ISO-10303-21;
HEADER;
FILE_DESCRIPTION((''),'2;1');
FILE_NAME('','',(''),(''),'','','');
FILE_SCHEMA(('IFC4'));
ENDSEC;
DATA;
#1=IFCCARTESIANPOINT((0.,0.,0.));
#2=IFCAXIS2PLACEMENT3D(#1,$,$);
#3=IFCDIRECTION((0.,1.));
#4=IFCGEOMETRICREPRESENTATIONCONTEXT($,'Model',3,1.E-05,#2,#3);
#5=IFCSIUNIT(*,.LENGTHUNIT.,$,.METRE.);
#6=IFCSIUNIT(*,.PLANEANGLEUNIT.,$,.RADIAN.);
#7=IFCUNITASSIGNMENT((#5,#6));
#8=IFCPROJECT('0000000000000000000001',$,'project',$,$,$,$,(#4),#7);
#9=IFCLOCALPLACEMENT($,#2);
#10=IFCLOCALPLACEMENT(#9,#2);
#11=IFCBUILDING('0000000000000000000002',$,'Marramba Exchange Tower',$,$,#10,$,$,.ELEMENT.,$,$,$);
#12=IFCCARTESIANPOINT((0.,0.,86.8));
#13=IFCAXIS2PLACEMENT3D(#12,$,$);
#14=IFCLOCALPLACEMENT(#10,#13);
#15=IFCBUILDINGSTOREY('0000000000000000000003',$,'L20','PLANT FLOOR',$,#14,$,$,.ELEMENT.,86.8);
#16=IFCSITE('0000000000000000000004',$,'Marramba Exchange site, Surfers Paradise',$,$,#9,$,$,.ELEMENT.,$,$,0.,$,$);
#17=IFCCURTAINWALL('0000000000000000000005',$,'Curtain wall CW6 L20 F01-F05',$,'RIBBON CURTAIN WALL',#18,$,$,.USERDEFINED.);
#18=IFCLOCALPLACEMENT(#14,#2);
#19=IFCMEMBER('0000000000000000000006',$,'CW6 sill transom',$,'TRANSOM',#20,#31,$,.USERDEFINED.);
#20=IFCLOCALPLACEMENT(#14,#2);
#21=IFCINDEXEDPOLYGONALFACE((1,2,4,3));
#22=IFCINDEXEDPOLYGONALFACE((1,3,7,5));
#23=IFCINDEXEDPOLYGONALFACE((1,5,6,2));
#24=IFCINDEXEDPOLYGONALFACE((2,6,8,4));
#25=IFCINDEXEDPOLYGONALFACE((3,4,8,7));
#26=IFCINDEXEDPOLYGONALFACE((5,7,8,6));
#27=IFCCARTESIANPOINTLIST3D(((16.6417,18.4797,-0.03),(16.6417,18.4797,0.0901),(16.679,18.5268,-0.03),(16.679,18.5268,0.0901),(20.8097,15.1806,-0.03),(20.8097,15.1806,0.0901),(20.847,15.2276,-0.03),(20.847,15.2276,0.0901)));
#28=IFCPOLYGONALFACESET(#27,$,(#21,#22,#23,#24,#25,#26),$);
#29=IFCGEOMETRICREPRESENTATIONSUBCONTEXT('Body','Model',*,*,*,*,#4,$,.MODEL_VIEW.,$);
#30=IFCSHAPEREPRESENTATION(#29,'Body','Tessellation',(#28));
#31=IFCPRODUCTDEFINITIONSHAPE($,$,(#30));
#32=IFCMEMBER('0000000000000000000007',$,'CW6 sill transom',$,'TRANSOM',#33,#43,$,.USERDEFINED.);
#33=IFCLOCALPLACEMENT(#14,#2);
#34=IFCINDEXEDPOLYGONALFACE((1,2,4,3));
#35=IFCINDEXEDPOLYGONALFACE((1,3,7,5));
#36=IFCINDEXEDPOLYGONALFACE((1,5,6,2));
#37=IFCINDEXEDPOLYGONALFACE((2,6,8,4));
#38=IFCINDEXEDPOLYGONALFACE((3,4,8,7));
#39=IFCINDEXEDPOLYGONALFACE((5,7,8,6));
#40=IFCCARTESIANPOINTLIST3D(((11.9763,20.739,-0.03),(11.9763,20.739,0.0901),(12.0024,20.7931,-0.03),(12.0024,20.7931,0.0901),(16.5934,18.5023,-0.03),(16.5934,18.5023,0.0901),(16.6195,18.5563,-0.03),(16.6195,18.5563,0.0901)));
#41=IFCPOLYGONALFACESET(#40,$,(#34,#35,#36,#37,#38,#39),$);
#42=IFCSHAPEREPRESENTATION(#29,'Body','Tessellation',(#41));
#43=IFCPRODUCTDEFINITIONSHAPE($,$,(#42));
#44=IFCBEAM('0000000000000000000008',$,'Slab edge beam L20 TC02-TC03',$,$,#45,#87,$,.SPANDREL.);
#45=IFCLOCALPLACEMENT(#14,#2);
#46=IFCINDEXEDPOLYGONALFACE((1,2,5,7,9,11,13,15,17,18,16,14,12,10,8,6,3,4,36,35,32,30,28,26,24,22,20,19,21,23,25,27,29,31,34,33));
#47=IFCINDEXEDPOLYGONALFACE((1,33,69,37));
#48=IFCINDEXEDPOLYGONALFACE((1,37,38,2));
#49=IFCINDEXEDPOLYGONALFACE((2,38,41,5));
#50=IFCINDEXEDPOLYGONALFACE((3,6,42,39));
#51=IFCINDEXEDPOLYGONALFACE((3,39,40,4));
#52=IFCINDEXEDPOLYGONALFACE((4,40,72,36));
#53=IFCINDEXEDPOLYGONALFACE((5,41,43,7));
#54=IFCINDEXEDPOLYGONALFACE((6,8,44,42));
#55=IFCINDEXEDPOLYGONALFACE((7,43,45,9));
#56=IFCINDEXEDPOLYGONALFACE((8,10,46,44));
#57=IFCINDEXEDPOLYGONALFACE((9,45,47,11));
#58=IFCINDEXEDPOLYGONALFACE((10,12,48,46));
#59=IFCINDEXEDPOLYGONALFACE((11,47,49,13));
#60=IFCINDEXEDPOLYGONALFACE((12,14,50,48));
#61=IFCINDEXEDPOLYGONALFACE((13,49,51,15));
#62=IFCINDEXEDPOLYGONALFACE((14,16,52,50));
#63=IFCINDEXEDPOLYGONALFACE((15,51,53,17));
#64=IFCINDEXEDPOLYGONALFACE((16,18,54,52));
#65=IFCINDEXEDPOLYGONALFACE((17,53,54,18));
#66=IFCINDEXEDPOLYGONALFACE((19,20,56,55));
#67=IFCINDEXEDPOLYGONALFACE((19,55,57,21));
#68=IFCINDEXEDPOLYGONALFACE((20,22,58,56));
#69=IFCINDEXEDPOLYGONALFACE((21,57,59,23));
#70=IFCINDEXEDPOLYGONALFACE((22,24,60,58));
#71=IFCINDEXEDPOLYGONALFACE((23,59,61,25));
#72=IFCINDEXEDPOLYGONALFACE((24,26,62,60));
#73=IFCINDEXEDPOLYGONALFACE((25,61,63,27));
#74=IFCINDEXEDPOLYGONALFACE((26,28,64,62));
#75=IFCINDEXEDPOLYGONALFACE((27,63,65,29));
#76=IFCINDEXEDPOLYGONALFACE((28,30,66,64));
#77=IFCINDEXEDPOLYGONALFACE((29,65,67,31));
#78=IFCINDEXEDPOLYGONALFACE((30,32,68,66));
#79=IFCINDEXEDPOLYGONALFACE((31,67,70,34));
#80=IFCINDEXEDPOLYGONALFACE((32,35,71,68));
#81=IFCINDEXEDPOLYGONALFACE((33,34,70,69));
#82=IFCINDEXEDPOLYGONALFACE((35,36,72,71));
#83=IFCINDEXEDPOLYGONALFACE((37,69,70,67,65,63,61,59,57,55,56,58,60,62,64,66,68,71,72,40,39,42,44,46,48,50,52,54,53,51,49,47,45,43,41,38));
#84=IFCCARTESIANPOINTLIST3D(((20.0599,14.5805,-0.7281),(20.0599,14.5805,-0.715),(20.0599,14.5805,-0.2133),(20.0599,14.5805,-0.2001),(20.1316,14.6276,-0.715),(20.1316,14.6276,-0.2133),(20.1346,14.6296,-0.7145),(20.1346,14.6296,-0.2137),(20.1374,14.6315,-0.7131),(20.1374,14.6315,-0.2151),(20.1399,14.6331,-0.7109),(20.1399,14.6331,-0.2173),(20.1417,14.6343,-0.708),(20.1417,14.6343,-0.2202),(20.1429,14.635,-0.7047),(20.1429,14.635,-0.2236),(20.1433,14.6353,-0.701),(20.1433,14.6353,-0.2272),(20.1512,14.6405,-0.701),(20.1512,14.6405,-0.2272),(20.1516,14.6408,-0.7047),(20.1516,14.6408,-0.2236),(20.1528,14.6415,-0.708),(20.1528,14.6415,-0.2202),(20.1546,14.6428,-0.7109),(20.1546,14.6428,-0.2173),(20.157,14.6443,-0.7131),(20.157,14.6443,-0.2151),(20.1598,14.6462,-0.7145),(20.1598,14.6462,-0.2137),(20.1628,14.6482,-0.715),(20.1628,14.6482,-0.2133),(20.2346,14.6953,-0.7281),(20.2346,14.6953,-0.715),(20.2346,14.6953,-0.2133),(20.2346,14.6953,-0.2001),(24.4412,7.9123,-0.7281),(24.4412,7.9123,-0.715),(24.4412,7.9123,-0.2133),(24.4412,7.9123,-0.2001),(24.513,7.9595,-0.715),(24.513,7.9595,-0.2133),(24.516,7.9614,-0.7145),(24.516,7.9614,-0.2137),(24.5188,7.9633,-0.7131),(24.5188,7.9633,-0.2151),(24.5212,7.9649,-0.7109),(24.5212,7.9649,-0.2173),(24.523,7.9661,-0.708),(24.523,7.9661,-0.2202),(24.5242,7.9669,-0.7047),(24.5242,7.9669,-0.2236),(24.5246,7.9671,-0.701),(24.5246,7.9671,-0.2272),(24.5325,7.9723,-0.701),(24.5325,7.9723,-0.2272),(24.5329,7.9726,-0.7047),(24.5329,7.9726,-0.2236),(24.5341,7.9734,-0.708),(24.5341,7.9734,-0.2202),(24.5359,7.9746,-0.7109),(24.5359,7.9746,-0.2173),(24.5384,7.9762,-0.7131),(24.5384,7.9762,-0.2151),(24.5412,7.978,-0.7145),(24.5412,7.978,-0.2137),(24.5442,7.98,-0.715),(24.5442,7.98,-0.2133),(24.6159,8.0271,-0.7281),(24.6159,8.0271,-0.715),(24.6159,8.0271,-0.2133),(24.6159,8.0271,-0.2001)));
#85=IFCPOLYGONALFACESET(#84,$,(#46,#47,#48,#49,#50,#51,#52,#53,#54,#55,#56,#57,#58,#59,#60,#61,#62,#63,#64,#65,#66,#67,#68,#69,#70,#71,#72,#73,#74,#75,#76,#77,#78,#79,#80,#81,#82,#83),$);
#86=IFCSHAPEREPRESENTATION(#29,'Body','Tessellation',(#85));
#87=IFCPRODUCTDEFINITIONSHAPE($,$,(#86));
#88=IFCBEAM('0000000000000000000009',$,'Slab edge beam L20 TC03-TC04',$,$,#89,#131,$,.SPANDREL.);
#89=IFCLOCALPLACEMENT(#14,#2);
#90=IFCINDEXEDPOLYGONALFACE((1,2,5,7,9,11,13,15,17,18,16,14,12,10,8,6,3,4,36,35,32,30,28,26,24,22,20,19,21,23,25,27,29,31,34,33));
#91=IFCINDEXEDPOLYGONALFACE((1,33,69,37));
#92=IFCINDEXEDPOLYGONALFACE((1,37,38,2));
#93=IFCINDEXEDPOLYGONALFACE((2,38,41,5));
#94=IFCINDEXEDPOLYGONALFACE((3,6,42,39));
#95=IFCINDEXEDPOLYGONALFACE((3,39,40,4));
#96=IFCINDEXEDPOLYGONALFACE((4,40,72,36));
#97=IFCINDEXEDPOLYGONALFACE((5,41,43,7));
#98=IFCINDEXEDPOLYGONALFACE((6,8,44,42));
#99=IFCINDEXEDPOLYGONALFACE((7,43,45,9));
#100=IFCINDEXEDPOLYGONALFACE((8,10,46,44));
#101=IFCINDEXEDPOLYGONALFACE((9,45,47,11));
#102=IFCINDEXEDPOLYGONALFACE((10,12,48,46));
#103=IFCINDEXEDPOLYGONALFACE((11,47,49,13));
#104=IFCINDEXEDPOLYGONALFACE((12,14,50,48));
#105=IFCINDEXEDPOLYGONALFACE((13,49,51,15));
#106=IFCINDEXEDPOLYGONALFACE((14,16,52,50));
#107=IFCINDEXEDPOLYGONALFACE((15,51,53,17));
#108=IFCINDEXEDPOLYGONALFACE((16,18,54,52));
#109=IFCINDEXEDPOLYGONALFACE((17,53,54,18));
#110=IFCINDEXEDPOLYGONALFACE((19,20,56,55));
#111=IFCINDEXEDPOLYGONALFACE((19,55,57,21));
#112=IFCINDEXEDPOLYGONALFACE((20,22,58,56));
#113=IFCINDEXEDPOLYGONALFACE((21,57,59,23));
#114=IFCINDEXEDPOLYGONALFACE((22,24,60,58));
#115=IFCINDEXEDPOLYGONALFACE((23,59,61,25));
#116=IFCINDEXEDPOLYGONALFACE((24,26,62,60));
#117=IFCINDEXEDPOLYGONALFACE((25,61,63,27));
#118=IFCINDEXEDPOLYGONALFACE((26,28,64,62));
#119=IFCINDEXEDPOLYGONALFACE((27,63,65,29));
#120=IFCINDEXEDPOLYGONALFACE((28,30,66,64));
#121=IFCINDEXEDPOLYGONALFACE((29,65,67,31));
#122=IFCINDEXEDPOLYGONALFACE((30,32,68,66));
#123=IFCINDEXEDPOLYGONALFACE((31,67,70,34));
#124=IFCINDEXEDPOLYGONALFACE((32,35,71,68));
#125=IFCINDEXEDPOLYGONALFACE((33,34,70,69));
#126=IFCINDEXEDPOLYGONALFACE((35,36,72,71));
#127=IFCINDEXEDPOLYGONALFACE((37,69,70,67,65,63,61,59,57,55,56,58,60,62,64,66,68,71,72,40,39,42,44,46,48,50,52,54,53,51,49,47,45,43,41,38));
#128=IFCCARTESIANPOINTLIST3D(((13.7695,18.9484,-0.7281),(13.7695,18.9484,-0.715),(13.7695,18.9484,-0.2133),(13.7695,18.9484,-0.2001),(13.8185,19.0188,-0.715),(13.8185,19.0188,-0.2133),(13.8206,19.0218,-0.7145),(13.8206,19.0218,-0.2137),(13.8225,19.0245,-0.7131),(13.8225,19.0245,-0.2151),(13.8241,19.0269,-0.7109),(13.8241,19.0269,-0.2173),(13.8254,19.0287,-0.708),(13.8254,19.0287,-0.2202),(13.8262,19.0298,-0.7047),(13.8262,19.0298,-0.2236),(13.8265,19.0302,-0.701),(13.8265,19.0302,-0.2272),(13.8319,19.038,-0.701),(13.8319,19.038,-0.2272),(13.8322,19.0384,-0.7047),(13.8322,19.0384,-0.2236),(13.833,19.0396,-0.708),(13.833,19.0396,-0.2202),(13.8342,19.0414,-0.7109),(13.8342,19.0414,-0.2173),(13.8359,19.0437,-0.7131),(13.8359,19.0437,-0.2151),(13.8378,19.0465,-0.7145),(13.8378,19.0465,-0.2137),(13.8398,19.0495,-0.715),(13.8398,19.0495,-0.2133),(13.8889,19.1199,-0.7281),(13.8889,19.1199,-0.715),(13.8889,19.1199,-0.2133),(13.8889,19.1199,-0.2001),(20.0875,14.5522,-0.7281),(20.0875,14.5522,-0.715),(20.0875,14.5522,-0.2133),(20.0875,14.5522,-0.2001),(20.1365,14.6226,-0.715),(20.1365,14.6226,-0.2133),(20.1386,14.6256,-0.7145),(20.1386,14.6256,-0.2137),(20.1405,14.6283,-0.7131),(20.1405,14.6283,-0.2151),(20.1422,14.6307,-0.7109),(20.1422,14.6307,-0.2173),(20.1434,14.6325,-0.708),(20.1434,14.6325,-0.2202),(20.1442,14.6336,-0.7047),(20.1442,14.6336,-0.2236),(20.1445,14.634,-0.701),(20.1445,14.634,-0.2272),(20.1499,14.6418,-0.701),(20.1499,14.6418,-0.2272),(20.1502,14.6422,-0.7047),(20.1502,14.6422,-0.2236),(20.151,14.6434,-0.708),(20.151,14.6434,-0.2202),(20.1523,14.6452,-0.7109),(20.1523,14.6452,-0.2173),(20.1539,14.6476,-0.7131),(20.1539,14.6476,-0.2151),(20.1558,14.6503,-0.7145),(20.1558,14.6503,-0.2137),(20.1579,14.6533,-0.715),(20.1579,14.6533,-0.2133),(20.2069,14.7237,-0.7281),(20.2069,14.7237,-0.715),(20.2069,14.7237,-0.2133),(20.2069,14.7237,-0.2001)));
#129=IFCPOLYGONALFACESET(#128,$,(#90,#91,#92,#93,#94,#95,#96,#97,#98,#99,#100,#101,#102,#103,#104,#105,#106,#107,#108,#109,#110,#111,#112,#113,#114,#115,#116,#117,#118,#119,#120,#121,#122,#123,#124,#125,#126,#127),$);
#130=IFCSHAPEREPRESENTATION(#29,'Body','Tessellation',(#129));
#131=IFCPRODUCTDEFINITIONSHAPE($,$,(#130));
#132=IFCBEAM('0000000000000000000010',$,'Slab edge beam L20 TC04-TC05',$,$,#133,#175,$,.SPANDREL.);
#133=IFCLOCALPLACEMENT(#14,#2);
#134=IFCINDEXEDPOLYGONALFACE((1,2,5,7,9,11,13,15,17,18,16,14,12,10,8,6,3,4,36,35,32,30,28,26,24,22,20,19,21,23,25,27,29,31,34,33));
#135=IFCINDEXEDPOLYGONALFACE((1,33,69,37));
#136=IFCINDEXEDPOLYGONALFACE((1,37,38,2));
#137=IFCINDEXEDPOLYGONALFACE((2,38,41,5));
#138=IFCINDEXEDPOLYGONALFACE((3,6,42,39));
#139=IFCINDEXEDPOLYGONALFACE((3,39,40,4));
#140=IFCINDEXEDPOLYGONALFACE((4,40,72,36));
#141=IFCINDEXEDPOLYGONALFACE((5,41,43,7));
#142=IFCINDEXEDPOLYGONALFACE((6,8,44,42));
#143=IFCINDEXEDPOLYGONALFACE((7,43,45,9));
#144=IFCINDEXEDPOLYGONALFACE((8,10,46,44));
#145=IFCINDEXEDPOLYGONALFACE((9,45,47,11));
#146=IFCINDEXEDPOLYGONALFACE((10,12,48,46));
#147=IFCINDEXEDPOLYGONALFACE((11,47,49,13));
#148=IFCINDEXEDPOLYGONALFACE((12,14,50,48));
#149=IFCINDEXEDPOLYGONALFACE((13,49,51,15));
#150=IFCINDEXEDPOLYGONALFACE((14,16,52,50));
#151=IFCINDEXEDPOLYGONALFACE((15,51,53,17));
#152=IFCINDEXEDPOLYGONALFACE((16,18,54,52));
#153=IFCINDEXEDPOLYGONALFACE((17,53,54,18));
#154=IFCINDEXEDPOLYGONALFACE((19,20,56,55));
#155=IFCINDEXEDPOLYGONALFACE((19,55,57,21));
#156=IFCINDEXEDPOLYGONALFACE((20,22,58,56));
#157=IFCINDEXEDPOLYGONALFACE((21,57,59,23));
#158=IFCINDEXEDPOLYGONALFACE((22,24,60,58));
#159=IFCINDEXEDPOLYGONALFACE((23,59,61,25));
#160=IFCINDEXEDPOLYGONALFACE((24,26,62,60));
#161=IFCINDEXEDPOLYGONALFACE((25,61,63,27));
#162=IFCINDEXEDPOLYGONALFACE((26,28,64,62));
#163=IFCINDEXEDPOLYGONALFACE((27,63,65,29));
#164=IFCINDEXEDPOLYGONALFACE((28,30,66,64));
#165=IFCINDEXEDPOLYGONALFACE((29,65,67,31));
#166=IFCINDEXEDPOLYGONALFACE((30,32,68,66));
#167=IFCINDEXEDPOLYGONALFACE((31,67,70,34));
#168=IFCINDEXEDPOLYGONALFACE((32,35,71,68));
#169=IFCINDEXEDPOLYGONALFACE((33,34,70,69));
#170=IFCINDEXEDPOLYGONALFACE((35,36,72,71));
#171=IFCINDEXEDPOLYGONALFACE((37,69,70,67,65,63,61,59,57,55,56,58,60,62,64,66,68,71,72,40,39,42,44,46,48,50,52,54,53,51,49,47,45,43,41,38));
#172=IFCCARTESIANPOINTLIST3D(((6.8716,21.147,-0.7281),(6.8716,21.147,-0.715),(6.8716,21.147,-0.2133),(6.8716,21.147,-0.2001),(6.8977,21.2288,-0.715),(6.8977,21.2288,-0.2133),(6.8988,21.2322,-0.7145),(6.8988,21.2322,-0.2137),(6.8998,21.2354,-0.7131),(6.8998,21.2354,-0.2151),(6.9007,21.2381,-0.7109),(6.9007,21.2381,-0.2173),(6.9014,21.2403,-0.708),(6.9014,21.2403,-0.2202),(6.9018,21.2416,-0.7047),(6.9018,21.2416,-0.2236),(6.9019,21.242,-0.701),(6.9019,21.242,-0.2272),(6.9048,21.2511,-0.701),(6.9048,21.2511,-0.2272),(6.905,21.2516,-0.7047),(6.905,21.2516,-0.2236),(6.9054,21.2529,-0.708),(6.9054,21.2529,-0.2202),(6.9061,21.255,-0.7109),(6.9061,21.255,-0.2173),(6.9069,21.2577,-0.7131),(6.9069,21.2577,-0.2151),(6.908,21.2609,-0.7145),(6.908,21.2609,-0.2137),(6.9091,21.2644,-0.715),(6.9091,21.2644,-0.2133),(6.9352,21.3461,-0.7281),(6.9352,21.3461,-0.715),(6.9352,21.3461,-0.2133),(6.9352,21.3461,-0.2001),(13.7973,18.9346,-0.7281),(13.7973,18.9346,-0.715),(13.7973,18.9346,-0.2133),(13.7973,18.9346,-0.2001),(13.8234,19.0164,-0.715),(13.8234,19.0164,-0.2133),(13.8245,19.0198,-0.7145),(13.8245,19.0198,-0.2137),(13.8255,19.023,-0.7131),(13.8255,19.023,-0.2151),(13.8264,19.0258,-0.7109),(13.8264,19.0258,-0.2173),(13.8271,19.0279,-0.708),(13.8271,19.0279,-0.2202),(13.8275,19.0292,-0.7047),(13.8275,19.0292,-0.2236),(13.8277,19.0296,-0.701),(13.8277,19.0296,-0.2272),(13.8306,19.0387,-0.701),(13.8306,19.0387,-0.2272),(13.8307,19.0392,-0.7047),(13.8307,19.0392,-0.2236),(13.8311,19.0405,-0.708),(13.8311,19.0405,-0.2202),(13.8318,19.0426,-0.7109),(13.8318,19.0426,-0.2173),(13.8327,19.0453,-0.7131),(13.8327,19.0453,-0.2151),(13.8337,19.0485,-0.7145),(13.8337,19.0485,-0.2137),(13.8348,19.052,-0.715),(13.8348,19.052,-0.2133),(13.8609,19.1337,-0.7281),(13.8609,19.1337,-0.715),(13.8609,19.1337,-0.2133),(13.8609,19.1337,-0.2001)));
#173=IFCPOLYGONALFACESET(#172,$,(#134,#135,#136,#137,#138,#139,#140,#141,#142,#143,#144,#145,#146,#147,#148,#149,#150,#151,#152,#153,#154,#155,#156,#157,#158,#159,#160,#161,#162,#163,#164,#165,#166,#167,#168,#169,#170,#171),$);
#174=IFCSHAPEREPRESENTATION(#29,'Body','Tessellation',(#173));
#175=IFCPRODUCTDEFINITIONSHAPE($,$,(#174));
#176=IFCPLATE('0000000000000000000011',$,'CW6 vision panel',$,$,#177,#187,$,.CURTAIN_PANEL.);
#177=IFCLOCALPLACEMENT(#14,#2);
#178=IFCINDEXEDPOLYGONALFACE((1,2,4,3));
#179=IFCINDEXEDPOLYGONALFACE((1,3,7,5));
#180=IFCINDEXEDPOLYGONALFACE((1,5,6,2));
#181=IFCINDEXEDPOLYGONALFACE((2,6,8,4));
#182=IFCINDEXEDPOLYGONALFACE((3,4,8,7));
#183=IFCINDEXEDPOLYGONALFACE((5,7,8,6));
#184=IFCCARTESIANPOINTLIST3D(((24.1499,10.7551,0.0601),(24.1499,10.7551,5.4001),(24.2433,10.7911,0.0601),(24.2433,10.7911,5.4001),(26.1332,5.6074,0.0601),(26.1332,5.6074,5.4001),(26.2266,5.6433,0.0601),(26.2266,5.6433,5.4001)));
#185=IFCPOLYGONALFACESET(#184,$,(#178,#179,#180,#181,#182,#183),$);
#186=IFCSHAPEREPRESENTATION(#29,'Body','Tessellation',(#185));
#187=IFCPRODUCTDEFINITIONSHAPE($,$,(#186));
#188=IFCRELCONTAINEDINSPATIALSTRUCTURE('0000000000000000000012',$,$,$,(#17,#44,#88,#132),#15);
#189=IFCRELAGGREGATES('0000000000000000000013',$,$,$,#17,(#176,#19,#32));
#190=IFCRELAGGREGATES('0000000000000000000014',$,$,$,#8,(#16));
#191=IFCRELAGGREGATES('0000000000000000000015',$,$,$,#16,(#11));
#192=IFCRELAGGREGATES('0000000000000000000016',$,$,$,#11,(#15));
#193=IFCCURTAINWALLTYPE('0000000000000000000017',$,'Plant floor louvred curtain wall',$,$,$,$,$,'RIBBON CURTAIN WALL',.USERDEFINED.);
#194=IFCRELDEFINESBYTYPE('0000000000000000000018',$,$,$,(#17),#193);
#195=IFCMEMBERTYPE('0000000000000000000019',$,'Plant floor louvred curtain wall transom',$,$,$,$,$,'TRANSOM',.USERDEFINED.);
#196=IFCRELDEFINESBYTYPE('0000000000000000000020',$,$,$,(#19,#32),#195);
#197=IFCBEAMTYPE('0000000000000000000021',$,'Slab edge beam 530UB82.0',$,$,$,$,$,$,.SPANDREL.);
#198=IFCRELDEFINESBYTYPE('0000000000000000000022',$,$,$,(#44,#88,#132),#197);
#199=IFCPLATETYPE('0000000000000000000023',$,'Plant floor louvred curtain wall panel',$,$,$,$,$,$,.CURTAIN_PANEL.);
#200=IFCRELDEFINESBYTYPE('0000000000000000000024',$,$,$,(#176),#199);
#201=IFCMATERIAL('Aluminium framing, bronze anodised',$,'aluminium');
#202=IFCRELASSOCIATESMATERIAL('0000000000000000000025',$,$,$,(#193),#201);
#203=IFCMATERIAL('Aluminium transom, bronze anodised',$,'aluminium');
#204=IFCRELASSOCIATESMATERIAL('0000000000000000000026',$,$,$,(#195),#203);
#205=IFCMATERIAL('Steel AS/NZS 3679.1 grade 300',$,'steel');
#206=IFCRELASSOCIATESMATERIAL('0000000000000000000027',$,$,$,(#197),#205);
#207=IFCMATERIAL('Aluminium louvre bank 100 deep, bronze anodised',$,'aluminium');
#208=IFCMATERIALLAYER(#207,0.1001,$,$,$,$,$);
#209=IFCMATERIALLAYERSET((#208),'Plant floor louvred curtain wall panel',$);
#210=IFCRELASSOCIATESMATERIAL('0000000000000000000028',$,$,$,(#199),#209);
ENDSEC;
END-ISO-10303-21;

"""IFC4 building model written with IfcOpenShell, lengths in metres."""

from ifc_helpers import new_model, si_unit, direction, frame, origin, origin_2d, place, context, subcontext, project, spatial, rectangle, i_section, extrude, material, layer, layer_set, material_profile, profile_set, type_object, element, aggregate, save


model = new_model("IFC4")

# Units and contexts
model_context = context("Model", 3, precision=1e-05, world=origin(), true_north=direction((0.0, 1.0)))
body_context = subcontext(model_context, "Body", "Model", "MODEL_VIEW")
ifc_project = project(units=[si_unit("LENGTHUNIT", "METRE"), si_unit("PLANEANGLEUNIT", "RADIAN")], contexts=[model_context])

# Site, building, storey
site_placement = place(None, origin())
site = spatial("IfcSite", under=ifc_project, at=site_placement, Name="Marramba Exchange site, Surfers Paradise", CompositionType="ELEMENT", RefElevation=0.0)
building_placement = place(site_placement, origin())
building = spatial("IfcBuilding", under=site, at=building_placement, Name="Marramba Exchange Tower", CompositionType="ELEMENT")
storey_placement = place(building_placement, frame((0.0, 0.0, 86.8)))
storey = spatial("IfcBuildingStorey", under=building, at=storey_placement, Name="L20", Description="PLANT FLOOR", CompositionType="ELEMENT", Elevation=86.8)

# Shared definitions
ifc_material_1 = material(Name="Steel AS/NZS 3679.1 grade 300", Category="steel")

# Curtain wall, members
ifc_material_2 = material(Name="Aluminium framing, bronze anodised", Category="aluminium")
curtain_wall_type = type_object("IfcCurtainWallType", Name="Plant floor louvred curtain wall", ElementType="RIBBON CURTAIN WALL", PredefinedType="USERDEFINED", material=ifc_material_2)
curtain_wall_placement = place(storey_placement, origin())
curtain_wall = element("IfcCurtainWall", 1, at=curtain_wall_placement, inside=storey, type_object=curtain_wall_type, Name="Curtain wall CW6 L20 F01-F05", ObjectType="RIBBON CURTAIN WALL", PredefinedType="USERDEFINED")
ifc_material_3 = material(Name="Aluminium transom, bronze anodised", Category="aluminium")
ifc_material_profile_1 = material_profile(ifc_material_3, rectangle(XDim=0.0601, YDim=0.1201, at=origin_2d()), Name="CW6 transom 60x120")
ifc_profile_set_1 = profile_set([ifc_material_profile_1], Name="Aluminium transom, bronze anodised")
member_type_1 = type_object("IfcMemberType", Name="Plant floor louvred curtain wall transom", ElementType="TRANSOM", PredefinedType="USERDEFINED", material=ifc_profile_set_1)
member_1_placement = place(storey_placement, frame((20.8284, 15.2041, 0.03), z_axis=(-0.784098, 0.620637, 0.0), x_axis=(-0.620637, -0.784098, 0.0)))
member_1 = element("IfcMember", 2, at=member_1_placement, type_object=member_type_1, Name="CW6 sill transom", ObjectType="TRANSOM", PredefinedType="USERDEFINED", context=body_context, shape_type="SweptSolid", body=[
    extrude(rectangle(XDim=0.0601, YDim=0.1201, at=origin_2d()), origin(), (0.0, 0.0, 1.0), 5.3157),
])
member_2_placement = place(storey_placement, frame((16.6064, 18.5293, 0.03), z_axis=(-0.899953, 0.435986, 0.0), x_axis=(-0.435986, -0.899953, 0.0)))
member_2 = element("IfcMember", 3, at=member_2_placement, type_object=member_type_1, Name="CW6 sill transom", ObjectType="TRANSOM", PredefinedType="USERDEFINED", context=body_context, shape_type="SweptSolid", body=[
    extrude(rectangle(XDim=0.0601, YDim=0.1201, at=origin_2d()), origin(), (0.0, 0.0, 1.0), 5.1304),
])

# Beams
ifc_material_profile_2 = material_profile(ifc_material_1, i_section(OverallWidth=0.209, OverallDepth=0.5281, WebThickness=0.0095, FlangeThickness=0.0132, FilletRadius=0.0139, at=origin_2d()), Name="530UB82.0")
ifc_profile_set_2 = profile_set([ifc_material_profile_2], Name="Steel AS/NZS 3679.1 grade 300")
beam_type_1 = type_object("IfcBeamType", Name="Slab edge beam 530UB82.0", PredefinedType="SPANDREL", material=ifc_profile_set_2)
beam_1_placement = place(storey_placement, frame((24.5286, 7.9697, -0.4641), z_axis=(-0.549124, 0.835741, 0.0), x_axis=(-0.835741, -0.549124, 0.0)))
element("IfcBeam", 4, at=beam_1_placement, inside=storey, type_object=beam_type_1, Name="Slab edge beam L20 TC02-TC03", PredefinedType="SPANDREL", context=body_context, shape_type="SweptSolid", body=[
    extrude(i_section(OverallWidth=0.209, OverallDepth=0.5281, WebThickness=0.0095, FlangeThickness=0.0132, FilletRadius=0.0139, at=origin_2d()), origin(), (0.0, 0.0, 1.0), 7.9788),
])
beam_2_placement = place(storey_placement, frame((20.1472, 14.6379, -0.4641), z_axis=(-0.820842, 0.571155, 0.0), x_axis=(-0.571155, -0.820842, 0.0)))
element("IfcBeam", 5, at=beam_2_placement, inside=storey, type_object=beam_type_1, Name="Slab edge beam L20 TC03-TC04", PredefinedType="SPANDREL", context=body_context, shape_type="SweptSolid", body=[
    extrude(i_section(OverallWidth=0.209, OverallDepth=0.5281, WebThickness=0.0095, FlangeThickness=0.0132, FilletRadius=0.0139, at=origin_2d()), origin(), (0.0, 0.0, 1.0), 7.697),
])
beam_3_placement = place(storey_placement, frame((13.8291, 19.0342, -0.4641), z_axis=(-0.952578, 0.304296, 0.0), x_axis=(-0.304296, -0.952578, 0.0)))
element("IfcBeam", 6, at=beam_3_placement, inside=storey, type_object=beam_type_1, Name="Slab edge beam L20 TC04-TC05", PredefinedType="SPANDREL", context=body_context, shape_type="SweptSolid", body=[
    extrude(i_section(OverallWidth=0.209, OverallDepth=0.5281, WebThickness=0.0095, FlangeThickness=0.0132, FilletRadius=0.0139, at=origin_2d()), origin(), (0.0, 0.0, 1.0), 7.2705),
])

# Plate
ifc_material_4 = material(Name="Aluminium louvre bank 100 deep, bronze anodised", Category="aluminium")
ifc_layer_1 = layer(ifc_material_4, 0.1001)
ifc_layer_set_1 = layer_set([ifc_layer_1], Name="Plant floor louvred curtain wall panel")
plate_type = type_object("IfcPlateType", Name="Plant floor louvred curtain wall panel", PredefinedType="CURTAIN_PANEL", material=ifc_layer_set_1)
plate_1_placement = place(storey_placement, frame((25.1882, 8.1992, 0.0601), z_axis=(0.0, 0.0, 1.0), x_axis=(-0.359526, 0.933135, 0.0)))
plate_1 = element("IfcPlate", 7, at=plate_1_placement, type_object=plate_type, Name="CW6 vision panel", PredefinedType="CURTAIN_PANEL", context=body_context, shape_type="SweptSolid", body=[
    extrude(rectangle(XDim=5.5166, YDim=0.1001, at=origin_2d()), origin(), (0.0, 0.0, 1.0), 5.3401),
])
aggregate(curtain_wall, [plate_1, member_1, member_2])

save(model, "model.ifc")
